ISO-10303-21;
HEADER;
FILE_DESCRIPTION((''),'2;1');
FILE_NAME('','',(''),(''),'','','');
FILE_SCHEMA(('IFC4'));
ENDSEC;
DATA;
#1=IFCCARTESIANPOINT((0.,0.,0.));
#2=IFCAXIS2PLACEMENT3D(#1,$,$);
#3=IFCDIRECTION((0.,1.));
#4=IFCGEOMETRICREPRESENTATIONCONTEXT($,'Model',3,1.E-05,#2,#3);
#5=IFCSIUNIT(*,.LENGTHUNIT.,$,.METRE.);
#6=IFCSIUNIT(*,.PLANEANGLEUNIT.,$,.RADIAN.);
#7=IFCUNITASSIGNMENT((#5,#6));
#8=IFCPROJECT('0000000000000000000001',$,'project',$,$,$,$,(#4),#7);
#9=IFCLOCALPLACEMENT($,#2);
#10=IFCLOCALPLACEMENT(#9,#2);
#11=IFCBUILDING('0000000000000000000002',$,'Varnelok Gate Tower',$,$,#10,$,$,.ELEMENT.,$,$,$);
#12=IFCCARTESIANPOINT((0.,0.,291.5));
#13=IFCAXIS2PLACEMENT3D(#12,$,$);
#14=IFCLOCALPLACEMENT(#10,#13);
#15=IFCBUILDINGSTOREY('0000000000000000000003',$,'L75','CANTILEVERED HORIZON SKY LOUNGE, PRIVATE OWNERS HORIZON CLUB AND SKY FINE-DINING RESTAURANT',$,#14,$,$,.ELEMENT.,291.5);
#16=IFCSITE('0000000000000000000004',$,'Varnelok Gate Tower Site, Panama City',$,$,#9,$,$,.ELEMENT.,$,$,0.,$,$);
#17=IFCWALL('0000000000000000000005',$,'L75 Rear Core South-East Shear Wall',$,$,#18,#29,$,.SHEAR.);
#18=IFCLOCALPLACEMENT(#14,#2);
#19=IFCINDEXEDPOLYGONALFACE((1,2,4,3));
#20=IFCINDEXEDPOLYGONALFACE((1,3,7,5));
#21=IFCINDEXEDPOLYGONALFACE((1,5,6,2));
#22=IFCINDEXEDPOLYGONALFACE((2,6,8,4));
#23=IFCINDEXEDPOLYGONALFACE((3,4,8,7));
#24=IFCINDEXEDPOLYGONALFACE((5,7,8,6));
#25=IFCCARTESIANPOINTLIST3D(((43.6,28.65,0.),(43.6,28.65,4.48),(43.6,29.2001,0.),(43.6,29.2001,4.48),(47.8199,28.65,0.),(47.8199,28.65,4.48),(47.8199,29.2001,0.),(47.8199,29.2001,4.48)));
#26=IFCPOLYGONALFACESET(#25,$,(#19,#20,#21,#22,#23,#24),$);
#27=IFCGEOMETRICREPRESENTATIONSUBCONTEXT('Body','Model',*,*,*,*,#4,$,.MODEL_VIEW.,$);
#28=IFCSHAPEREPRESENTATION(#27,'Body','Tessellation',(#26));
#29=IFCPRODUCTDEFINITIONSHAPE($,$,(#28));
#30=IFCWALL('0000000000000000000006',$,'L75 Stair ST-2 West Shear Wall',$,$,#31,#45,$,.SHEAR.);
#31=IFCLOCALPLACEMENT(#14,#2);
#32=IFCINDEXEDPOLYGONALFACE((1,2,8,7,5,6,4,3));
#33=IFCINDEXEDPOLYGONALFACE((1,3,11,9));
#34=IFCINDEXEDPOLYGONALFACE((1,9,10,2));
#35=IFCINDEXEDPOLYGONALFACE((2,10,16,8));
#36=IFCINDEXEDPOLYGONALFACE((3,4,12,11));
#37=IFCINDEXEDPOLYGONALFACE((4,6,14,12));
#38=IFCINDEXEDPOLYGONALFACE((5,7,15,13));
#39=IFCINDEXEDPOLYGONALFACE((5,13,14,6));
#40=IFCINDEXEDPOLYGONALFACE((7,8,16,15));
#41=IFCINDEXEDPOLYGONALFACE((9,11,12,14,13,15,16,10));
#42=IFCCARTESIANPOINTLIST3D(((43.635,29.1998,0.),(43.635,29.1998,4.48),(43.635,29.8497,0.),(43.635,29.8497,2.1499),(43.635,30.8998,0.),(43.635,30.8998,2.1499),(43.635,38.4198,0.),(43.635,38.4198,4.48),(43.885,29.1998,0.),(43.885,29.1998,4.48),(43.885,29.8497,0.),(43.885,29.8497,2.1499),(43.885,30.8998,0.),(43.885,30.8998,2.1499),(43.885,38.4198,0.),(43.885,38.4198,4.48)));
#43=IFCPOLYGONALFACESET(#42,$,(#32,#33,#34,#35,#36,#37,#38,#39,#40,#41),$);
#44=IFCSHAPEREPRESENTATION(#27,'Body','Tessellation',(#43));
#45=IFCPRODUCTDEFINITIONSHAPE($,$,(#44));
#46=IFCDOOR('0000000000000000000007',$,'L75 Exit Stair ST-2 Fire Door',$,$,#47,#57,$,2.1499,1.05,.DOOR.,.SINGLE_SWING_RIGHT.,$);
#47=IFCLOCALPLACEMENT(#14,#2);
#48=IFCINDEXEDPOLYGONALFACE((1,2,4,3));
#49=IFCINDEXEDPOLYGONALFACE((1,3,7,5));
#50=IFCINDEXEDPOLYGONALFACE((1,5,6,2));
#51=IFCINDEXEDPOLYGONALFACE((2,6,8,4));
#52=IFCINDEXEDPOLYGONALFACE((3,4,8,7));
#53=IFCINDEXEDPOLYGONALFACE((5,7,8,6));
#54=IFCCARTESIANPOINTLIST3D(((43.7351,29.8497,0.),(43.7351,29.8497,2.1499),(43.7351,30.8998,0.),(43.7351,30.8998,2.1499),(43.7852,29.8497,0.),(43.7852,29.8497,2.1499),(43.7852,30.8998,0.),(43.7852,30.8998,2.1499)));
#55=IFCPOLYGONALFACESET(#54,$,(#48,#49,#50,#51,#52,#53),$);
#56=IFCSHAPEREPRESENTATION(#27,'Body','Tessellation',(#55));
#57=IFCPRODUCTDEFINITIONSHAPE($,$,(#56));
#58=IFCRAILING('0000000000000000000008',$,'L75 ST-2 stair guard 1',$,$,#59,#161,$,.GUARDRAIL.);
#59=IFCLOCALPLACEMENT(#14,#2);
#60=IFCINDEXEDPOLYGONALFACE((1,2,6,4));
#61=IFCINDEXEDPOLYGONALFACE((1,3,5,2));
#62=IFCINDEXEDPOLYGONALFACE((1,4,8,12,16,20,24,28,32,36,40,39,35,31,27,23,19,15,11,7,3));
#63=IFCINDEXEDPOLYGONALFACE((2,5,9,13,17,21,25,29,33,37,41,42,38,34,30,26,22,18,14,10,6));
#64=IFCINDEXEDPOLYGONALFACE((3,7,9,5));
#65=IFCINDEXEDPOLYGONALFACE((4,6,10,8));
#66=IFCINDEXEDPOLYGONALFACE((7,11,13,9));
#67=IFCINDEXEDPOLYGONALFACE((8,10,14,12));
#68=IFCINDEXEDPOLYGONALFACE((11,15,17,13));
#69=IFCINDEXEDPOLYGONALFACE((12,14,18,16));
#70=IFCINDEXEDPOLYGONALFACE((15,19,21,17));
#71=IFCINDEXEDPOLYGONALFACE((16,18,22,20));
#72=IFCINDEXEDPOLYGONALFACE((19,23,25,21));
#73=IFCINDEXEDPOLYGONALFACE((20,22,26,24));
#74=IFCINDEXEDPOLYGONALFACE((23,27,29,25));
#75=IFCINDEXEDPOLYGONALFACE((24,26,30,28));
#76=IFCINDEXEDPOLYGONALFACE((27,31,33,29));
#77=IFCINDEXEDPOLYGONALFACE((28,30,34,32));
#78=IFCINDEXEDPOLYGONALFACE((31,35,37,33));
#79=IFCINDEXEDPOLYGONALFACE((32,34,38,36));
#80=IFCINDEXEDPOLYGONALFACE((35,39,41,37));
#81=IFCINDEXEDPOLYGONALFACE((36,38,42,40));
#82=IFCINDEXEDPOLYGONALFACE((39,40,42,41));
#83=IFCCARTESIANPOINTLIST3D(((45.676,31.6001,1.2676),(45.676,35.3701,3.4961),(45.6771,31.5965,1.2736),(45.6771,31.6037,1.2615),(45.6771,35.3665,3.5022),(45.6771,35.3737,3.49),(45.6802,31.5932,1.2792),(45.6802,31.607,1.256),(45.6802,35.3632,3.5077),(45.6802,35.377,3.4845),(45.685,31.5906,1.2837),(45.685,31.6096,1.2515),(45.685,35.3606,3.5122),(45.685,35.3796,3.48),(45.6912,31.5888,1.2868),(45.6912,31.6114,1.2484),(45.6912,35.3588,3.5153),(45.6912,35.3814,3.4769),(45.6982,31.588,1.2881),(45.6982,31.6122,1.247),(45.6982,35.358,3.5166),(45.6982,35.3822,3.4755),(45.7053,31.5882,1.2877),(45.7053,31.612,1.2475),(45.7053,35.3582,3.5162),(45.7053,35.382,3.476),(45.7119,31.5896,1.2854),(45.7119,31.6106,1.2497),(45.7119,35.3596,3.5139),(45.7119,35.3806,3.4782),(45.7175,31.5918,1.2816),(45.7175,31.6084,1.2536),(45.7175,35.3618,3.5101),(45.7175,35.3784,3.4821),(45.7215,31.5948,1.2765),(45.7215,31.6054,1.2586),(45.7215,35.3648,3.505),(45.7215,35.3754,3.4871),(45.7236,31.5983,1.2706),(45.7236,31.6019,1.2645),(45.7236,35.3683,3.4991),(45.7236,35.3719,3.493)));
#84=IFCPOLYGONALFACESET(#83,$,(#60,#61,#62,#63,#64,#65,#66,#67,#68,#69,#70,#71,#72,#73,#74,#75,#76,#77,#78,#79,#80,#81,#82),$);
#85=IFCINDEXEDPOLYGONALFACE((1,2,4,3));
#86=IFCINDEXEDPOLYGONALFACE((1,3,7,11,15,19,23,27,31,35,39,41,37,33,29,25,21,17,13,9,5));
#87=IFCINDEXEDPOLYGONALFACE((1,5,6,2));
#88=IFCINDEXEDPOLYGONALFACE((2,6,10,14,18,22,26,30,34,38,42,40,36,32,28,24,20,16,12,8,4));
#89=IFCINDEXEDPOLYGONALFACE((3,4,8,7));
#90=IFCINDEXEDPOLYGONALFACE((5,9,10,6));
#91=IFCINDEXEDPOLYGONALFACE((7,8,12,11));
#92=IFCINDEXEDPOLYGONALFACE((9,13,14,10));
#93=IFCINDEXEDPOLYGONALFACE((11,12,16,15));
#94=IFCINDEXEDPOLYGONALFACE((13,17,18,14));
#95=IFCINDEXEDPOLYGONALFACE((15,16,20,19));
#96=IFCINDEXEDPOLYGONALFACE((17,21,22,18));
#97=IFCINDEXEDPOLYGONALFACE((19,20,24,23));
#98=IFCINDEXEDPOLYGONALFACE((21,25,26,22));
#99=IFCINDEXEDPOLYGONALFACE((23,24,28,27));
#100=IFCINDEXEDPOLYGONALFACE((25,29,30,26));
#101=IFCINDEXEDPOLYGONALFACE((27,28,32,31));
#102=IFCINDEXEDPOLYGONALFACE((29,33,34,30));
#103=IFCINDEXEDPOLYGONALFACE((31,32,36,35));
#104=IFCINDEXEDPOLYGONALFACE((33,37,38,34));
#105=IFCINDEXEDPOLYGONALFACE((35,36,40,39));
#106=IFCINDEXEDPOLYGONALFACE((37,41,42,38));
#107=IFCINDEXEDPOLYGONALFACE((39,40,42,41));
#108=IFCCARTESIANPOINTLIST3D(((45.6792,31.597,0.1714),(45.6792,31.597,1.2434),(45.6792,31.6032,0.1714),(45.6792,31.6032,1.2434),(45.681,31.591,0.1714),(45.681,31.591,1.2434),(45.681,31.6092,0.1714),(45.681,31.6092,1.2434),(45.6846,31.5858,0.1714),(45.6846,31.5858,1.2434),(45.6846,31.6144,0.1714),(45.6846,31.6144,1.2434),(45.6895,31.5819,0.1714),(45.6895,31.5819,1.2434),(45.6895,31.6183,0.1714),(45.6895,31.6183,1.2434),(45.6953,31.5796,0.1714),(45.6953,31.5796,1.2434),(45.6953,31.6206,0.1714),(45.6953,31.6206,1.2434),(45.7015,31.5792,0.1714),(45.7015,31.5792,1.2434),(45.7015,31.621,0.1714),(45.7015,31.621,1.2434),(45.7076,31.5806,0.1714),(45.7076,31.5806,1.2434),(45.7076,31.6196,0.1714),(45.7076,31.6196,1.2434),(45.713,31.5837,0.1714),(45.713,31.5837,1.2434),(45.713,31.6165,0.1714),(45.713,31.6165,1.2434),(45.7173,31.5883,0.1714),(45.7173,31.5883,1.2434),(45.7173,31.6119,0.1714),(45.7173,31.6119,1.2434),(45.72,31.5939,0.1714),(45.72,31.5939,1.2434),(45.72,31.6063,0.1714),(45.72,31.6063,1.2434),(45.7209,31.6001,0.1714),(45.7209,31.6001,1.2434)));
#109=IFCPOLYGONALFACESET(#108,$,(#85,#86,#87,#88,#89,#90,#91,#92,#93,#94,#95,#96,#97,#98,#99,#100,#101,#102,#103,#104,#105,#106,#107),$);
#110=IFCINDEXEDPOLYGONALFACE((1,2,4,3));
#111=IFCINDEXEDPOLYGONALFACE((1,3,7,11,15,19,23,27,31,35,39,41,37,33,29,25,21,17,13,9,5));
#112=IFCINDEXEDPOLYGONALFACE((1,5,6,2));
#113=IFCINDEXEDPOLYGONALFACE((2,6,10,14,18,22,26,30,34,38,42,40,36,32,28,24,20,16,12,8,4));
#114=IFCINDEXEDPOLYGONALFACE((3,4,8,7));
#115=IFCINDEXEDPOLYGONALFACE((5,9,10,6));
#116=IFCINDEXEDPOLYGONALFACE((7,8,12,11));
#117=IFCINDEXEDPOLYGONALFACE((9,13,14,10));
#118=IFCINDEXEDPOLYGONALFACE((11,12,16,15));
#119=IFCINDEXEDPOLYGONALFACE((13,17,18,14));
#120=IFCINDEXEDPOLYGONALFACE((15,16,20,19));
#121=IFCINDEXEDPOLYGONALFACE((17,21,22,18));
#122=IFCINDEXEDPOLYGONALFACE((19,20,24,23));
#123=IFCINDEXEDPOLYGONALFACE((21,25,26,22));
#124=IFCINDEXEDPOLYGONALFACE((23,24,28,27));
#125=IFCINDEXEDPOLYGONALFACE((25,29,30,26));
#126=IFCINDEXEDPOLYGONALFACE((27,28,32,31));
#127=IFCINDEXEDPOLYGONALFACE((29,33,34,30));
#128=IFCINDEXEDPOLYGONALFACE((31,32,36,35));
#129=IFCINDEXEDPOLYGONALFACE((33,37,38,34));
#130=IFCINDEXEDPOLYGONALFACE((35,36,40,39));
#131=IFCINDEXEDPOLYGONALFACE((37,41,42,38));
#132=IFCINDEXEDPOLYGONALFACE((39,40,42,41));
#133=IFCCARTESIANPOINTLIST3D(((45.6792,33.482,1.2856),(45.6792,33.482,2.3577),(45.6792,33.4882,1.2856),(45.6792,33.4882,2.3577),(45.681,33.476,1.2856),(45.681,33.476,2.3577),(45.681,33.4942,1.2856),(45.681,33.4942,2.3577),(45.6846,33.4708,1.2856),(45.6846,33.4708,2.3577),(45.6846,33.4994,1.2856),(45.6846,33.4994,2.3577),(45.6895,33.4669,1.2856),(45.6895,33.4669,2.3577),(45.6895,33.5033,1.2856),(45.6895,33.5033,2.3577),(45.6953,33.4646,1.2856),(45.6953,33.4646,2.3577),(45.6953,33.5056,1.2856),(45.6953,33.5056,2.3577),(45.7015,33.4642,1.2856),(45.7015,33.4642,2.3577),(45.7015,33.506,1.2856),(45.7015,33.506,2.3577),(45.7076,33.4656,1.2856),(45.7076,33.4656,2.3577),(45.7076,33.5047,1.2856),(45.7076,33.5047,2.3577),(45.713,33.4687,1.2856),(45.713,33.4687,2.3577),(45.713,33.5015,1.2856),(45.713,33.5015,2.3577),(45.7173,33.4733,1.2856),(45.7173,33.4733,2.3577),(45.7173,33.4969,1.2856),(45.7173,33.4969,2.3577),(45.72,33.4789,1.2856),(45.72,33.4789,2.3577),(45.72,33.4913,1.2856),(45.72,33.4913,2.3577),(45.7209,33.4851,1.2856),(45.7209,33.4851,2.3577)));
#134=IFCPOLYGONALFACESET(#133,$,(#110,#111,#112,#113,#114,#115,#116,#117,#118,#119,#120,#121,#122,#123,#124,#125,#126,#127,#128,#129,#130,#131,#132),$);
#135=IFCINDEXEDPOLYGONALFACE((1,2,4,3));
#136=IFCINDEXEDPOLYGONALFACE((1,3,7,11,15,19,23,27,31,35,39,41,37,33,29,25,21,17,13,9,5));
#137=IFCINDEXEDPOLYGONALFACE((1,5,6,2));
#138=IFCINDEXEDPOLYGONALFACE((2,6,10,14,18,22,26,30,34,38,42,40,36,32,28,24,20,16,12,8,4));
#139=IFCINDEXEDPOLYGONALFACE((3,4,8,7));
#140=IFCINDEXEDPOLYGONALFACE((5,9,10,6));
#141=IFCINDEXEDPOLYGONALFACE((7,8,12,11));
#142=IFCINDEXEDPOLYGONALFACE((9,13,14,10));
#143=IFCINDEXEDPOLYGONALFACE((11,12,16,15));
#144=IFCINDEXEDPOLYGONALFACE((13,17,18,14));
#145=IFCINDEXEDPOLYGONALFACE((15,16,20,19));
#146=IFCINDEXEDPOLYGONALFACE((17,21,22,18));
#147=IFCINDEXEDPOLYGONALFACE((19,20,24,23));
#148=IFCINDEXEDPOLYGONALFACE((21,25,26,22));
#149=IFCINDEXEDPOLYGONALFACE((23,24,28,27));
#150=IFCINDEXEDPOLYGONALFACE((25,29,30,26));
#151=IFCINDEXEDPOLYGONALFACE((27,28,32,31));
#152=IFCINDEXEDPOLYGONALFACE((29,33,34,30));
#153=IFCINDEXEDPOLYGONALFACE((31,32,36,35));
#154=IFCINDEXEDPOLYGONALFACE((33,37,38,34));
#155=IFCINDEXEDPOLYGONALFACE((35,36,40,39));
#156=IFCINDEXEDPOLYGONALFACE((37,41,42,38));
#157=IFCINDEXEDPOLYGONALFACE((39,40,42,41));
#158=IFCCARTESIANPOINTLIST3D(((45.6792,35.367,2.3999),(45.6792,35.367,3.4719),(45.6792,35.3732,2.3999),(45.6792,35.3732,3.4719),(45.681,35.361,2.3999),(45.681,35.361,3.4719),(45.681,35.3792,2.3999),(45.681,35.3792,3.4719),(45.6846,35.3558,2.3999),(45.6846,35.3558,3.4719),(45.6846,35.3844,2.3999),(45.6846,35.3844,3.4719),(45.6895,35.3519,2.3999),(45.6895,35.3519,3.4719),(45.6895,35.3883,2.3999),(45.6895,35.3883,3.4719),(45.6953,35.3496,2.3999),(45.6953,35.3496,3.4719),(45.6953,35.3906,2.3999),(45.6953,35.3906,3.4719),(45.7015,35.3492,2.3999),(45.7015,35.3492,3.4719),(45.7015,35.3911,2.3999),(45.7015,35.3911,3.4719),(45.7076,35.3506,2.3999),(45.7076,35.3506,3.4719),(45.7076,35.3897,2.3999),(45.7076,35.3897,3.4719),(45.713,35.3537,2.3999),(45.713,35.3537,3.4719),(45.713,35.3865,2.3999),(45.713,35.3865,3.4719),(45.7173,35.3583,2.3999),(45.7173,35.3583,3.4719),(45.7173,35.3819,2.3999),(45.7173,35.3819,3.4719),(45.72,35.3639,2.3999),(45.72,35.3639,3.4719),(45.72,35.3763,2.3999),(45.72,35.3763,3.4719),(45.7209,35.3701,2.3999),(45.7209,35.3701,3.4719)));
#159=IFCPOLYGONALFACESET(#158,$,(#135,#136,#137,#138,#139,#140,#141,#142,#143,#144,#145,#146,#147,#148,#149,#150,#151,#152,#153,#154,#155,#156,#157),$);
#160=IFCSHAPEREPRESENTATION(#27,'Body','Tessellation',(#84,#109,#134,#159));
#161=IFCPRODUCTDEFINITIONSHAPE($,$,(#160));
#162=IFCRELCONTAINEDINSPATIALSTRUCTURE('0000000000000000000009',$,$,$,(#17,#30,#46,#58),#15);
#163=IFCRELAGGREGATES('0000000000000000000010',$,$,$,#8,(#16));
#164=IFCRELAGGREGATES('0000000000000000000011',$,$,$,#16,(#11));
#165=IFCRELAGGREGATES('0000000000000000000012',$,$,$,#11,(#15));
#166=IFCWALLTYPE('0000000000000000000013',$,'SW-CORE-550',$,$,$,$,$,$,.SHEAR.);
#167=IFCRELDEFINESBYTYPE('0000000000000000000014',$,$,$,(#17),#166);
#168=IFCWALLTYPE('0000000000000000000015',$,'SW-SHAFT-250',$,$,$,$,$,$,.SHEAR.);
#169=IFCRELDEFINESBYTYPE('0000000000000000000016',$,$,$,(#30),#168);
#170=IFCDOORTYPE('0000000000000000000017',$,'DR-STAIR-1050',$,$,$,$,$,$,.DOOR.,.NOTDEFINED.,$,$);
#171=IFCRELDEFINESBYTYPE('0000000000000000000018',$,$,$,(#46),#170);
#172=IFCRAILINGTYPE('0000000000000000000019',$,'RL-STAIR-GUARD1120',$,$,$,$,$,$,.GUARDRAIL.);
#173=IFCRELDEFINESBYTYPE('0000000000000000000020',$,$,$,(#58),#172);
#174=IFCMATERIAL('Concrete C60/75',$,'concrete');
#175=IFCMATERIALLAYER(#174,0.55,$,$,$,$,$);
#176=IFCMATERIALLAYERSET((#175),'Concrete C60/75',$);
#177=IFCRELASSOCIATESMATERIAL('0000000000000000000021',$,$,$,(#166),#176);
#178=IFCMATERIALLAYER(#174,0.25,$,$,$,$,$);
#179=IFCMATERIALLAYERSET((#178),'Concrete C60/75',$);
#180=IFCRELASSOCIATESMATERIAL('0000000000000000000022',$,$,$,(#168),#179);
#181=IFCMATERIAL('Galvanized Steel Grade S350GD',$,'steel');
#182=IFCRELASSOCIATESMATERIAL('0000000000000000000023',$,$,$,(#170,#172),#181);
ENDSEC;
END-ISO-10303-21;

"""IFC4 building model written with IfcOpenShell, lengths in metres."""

from ifc_helpers import new_model, si_unit, direction, frame, frame_2d, origin, origin_2d, place, context, subcontext, project, spatial, rectangle, circle, extrude, material, layer, layer_set, type_object, element, fill, save


model = new_model("IFC4")

# Units and contexts
model_context = context("Model", 3, precision=1e-05, world=origin(), true_north=direction((0.0, 1.0)))
body_context = subcontext(model_context, "Body", "Model", "MODEL_VIEW")
ifc_project = project(units=[si_unit("LENGTHUNIT", "METRE"), si_unit("PLANEANGLEUNIT", "RADIAN")], contexts=[model_context])

# Site, building, storey
site_placement = place(None, origin())
site = spatial("IfcSite", under=ifc_project, at=site_placement, Name="Varnelok Gate Tower Site, Panama City", CompositionType="ELEMENT", RefElevation=0.0)
building_placement = place(site_placement, origin())
building = spatial("IfcBuilding", under=site, at=building_placement, Name="Varnelok Gate Tower", CompositionType="ELEMENT")
storey_placement = place(building_placement, frame((0.0, 0.0, 291.5)))
storey = spatial("IfcBuildingStorey", under=building, at=storey_placement, Name="L75", Description="CANTILEVERED HORIZON SKY LOUNGE, PRIVATE OWNERS HORIZON CLUB AND SKY FINE-DINING RESTAURANT", CompositionType="ELEMENT", Elevation=291.5)

# Shared definitions
ifc_material_1 = material(Name="Concrete C60/75", Category="concrete")

# Shared definitions
ifc_material_2 = material(Name="Galvanized Steel Grade S350GD", Category="steel")

# Wall
ifc_layer_1 = layer(ifc_material_1, 0.55)
ifc_layer_set_1 = layer_set([ifc_layer_1], Name="Concrete C60/75")
wall_type_1 = type_object("IfcWallType", Name="SW-CORE-550", PredefinedType="SHEAR", material=ifc_layer_set_1)
wall_1_placement = place(storey_placement, frame((43.6001, 28.925, 0.0), z_axis=(0.0, 0.0, 1.0), x_axis=(1.0, 0.0, 0.0)))
element("IfcWall", 1, at=wall_1_placement, inside=storey, type_object=wall_type_1, Name="L75 Rear Core South-East Shear Wall", PredefinedType="SHEAR", context=body_context, shape_type="SweptSolid", body=[
    extrude(rectangle(XDim=4.22, YDim=0.55, at=frame_2d((2.1099, 0.0))), origin(), (0.0, 0.0, 1.0), 4.48),
])

# Wall, opening, door
ifc_layer_2 = layer(ifc_material_1, 0.25)
ifc_layer_set_2 = layer_set([ifc_layer_2], Name="Concrete C60/75")
wall_type_2 = type_object("IfcWallType", Name="SW-SHAFT-250", PredefinedType="SHEAR", material=ifc_layer_set_2)
wall_2_placement = place(storey_placement, frame((43.76, 29.2, 0.0), z_axis=(0.0, 0.0, 1.0), x_axis=(0.0, 1.0, 0.0)))
wall_2 = element("IfcWall", 2, at=wall_2_placement, inside=storey, type_object=wall_type_2, Name="L75 Stair ST-2 West Shear Wall", PredefinedType="SHEAR", context=body_context, shape_type="SweptSolid", body=[
    extrude(rectangle(XDim=9.22, YDim=0.25, at=frame_2d((4.6099, 0.0))), origin(), (0.0, 0.0, 1.0), 4.48),
])
opening_1_placement = place(wall_2_placement, frame((0.6499, 0.0, 0.0)))
opening_1 = element("IfcOpeningElement", 3, at=opening_1_placement, cuts=wall_2, PredefinedType="OPENING", context=body_context, shape_type="SweptSolid", body=[
    extrude(rectangle(XDim=1.05, YDim=2.1499, at=frame_2d((0.5249, 1.075))), frame((0.0, 0.135, 0.0), z_axis=(0.0, -1.0, 0.0), x_axis=(1.0, 0.0, 0.0)), (0.0, 0.0, 1.0), 0.27),
])
door_type_1 = type_object("IfcDoorType", Name="DR-STAIR-1050", OperationType="NOTDEFINED", PredefinedType="DOOR", material=ifc_material_2)
door_1_placement = place(opening_1_placement, origin())
door_1 = element("IfcDoor", 4, at=door_1_placement, inside=storey, type_object=door_type_1, Name="L75 Exit Stair ST-2 Fire Door", OperationType="SINGLE_SWING_RIGHT", OverallHeight=2.1499, OverallWidth=1.05, PredefinedType="DOOR", context=body_context, shape_type="SweptSolid", body=[
    extrude(rectangle(XDim=1.05, YDim=2.1499, at=frame_2d((0.5249, 1.075))), frame((0.0, 0.0249, 0.0), z_axis=(0.0, -1.0, 0.0), x_axis=(1.0, 0.0, 0.0)), (0.0, 0.0, 1.0), 0.05),
])
fill(opening_1, door_1)

# Railing
railing_type_1 = type_object("IfcRailingType", Name="RL-STAIR-GUARD1120", PredefinedType="GUARDRAIL", material=ifc_material_2)
railing_1_placement = place(storey_placement, frame((45.7, 31.6001, 0.1714)))
element("IfcRailing", 5, at=railing_1_placement, inside=storey, type_object=railing_type_1, Name="L75 ST-2 stair guard 1", PredefinedType="GUARDRAIL", context=body_context, shape_type="SweptSolid", body=[
    extrude(circle(Radius=0.0239, at=origin_2d()), frame((0.0, 0.0, 1.0962), z_axis=(0.0, 0.860849, 0.508861), x_axis=(-1.0, 0.0, 0.0)), (0.0, 0.0, 1.0), 4.3794),
    extrude(circle(Radius=0.021, at=origin_2d()), origin(), (0.0, 0.0, 1.0), 1.072),
    extrude(circle(Radius=0.021, at=origin_2d()), frame((0.0, 1.885, 1.1143)), (0.0, 0.0, 1.0), 1.072),
    extrude(circle(Radius=0.021, at=origin_2d()), frame((0.0, 3.77, 2.2285)), (0.0, 0.0, 1.0), 1.072),
])

save(model, "model.ifc")
